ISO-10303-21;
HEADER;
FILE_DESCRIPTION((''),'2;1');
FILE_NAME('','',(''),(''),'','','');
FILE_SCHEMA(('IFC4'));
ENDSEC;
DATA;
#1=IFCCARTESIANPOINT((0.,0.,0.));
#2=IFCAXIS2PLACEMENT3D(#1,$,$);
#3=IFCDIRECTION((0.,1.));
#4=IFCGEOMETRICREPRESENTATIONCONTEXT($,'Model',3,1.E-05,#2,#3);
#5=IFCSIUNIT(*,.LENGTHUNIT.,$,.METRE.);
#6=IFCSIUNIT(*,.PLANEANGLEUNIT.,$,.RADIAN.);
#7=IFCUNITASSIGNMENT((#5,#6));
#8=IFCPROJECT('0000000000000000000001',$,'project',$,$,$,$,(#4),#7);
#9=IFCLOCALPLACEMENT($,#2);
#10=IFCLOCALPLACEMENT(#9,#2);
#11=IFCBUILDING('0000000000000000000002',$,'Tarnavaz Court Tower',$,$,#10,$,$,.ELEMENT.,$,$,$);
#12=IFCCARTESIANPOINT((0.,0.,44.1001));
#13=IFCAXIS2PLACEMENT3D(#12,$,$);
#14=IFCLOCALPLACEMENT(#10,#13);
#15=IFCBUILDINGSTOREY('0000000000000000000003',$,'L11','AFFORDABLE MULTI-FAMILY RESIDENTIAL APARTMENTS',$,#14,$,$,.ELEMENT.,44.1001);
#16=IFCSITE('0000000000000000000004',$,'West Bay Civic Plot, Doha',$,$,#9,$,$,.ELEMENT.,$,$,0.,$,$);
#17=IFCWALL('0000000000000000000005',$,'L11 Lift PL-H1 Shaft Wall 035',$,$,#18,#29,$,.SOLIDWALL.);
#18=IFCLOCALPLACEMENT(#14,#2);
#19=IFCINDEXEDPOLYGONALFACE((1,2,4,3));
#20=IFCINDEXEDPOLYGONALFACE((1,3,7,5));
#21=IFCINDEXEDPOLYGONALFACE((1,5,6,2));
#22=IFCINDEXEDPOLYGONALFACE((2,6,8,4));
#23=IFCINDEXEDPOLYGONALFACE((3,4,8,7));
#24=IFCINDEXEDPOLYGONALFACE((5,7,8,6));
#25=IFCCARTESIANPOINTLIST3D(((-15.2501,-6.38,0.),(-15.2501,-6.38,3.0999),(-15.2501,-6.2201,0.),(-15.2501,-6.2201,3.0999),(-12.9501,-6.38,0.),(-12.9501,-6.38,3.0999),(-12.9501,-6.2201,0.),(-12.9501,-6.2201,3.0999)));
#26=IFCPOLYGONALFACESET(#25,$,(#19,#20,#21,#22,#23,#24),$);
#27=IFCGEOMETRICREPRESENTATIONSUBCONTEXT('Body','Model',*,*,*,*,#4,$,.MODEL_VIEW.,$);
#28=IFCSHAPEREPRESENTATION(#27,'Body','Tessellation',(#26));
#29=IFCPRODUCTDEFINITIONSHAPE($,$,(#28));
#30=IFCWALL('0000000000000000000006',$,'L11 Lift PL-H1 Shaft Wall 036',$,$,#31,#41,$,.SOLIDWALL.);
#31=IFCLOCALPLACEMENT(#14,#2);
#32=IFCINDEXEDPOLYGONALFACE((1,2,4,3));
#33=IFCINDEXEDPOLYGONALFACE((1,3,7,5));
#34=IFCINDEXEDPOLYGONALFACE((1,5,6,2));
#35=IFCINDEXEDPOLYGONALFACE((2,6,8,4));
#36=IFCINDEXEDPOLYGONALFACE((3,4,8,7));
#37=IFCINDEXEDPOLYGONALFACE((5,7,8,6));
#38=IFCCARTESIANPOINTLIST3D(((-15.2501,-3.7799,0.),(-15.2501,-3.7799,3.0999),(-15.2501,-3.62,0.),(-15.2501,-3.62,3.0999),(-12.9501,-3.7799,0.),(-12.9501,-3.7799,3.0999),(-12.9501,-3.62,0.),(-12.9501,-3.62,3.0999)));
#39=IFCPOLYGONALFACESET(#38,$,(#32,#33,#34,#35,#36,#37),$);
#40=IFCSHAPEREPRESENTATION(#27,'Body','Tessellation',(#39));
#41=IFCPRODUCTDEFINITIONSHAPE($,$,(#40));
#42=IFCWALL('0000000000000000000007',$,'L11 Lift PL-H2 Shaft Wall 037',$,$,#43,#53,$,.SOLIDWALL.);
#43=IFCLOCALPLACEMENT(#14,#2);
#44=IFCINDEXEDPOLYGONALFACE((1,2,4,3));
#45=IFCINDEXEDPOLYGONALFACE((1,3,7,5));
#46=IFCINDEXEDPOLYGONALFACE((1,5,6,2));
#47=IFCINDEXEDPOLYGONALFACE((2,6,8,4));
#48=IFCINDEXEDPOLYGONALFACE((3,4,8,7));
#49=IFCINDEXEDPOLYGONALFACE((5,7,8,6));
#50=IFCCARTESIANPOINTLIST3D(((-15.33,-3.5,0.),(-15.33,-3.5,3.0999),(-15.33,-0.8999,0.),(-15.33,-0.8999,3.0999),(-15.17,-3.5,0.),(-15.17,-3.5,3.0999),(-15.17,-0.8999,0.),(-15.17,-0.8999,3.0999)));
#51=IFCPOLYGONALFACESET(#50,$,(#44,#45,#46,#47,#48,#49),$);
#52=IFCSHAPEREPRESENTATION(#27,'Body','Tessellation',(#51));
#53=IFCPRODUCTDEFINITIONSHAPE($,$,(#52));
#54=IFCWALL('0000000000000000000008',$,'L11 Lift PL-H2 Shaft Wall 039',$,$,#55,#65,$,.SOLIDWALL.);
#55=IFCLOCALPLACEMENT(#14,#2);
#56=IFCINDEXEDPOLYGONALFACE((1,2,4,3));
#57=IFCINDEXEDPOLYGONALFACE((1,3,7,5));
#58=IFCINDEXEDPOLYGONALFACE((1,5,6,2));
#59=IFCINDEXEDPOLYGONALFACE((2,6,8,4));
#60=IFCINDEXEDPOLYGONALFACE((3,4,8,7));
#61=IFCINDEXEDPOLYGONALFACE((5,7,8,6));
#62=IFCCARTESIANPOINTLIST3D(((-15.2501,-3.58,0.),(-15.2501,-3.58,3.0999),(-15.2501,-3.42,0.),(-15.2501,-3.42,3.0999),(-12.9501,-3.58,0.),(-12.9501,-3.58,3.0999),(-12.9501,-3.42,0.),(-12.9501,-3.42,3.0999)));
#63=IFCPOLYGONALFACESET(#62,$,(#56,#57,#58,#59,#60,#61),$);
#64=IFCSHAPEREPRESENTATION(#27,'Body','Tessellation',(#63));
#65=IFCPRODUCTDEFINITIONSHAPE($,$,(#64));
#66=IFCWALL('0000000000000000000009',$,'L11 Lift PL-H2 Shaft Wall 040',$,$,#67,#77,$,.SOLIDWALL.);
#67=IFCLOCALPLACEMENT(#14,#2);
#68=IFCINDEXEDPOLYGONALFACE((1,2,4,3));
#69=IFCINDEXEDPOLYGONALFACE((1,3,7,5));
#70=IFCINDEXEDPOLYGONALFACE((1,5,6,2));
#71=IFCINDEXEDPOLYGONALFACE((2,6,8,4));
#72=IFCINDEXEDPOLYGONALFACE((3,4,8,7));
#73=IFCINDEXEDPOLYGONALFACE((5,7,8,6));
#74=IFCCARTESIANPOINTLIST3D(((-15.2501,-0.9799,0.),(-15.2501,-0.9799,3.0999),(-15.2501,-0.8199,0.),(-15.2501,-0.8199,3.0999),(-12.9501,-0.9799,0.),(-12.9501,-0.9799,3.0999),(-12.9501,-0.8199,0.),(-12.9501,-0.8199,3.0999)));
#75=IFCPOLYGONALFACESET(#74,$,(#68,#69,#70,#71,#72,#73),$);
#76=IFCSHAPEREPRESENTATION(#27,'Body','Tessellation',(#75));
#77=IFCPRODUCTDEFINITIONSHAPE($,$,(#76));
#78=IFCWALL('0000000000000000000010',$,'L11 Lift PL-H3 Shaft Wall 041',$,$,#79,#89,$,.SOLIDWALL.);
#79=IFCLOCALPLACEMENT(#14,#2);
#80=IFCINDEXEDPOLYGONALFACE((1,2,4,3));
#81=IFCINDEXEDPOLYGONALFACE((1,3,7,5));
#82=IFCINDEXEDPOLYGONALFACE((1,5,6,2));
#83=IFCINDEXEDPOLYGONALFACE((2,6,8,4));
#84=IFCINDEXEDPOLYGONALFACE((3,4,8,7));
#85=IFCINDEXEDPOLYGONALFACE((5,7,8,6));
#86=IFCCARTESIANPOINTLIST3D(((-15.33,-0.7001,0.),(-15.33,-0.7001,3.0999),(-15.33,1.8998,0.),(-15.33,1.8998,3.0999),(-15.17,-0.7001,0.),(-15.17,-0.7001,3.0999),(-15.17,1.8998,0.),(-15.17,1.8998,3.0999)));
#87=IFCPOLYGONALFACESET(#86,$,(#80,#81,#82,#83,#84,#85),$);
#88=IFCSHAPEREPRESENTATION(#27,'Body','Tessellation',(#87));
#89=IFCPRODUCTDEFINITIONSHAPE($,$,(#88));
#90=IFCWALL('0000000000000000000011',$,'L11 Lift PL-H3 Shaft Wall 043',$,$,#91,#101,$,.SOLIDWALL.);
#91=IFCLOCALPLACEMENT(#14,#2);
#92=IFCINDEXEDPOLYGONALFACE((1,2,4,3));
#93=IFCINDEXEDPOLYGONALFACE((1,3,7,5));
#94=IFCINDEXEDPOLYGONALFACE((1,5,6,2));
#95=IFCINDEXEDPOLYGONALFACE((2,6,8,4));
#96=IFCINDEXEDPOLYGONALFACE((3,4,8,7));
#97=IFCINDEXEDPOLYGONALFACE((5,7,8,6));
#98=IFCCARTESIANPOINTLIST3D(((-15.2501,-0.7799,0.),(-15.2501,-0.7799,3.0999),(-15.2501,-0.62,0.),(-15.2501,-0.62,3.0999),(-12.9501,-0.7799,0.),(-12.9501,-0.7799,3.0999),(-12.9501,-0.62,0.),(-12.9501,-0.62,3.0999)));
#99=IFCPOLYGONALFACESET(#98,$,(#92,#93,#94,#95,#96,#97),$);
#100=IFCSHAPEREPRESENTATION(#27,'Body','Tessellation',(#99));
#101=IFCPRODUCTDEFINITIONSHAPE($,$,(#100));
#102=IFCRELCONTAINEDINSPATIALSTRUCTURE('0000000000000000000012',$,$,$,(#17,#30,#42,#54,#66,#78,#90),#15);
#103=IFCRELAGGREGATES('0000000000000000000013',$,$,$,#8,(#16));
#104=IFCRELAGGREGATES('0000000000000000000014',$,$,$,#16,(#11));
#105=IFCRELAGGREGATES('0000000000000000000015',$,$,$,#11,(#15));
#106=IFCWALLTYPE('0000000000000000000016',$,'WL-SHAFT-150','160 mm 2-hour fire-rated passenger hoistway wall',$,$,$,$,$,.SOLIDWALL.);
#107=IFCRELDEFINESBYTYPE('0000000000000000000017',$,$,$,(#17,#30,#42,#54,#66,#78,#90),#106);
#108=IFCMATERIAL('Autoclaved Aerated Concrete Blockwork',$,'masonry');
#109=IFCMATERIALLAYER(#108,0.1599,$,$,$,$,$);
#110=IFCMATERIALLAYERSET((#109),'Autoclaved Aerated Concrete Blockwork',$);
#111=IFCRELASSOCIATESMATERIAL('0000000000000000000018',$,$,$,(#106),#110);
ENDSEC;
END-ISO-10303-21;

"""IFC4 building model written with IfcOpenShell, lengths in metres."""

from ifc_helpers import new_model, si_unit, direction, frame, frame_2d, origin, place, context, subcontext, project, spatial, rectangle, extrude, material, layer, layer_set, type_object, element, save


model = new_model("IFC4")

# Units and contexts
model_context = context("Model", 3, precision=1e-05, world=origin(), true_north=direction((0.0, 1.0)))
body_context = subcontext(model_context, "Body", "Model", "MODEL_VIEW")
ifc_project = project(units=[si_unit("LENGTHUNIT", "METRE"), si_unit("PLANEANGLEUNIT", "RADIAN")], contexts=[model_context])

# Site, building, storey
site_placement = place(None, origin())
site = spatial("IfcSite", under=ifc_project, at=site_placement, Name="West Bay Civic Plot, Doha", CompositionType="ELEMENT", RefElevation=0.0)
building_placement = place(site_placement, origin())
building = spatial("IfcBuilding", under=site, at=building_placement, Name="Tarnavaz Court Tower", CompositionType="ELEMENT")
storey_placement = place(building_placement, frame((0.0, 0.0, 44.1001)))
storey = spatial("IfcBuildingStorey", under=building, at=storey_placement, Name="L11", Description="AFFORDABLE MULTI-FAMILY RESIDENTIAL APARTMENTS", CompositionType="ELEMENT", Elevation=44.1001)

# Walls
ifc_material_1 = material(Name="Autoclaved Aerated Concrete Blockwork", Category="masonry")
ifc_layer_1 = layer(ifc_material_1, 0.1599)
ifc_layer_set_1 = layer_set([ifc_layer_1], Name="Autoclaved Aerated Concrete Blockwork")
wall_type_1 = type_object("IfcWallType", Name="WL-SHAFT-150", Description="160 mm 2-hour fire-rated passenger hoistway wall", PredefinedType="SOLIDWALL", material=ifc_layer_set_1)
for number, where, z_axis, x_axis, name in (
    (1, (-15.25, -6.3, 0.0), (0.0, 0.0, 1.0), (1.0, 0.0, 0.0), "L11 Lift PL-H1 Shaft Wall 035"),
    (2, (-15.25, -3.7, 0.0), (0.0, 0.0, 1.0), (1.0, 0.0, 0.0), "L11 Lift PL-H1 Shaft Wall 036"),
):
    element("IfcWall", number, at=place(storey_placement, frame(where, z_axis=z_axis, x_axis=x_axis)), inside=storey, type_object=wall_type_1, Name=name, PredefinedType="SOLIDWALL", context=body_context, shape_type="SweptSolid", body=[
        extrude(rectangle(XDim=2.3, YDim=0.1599, at=frame_2d((1.1499, 0.0))), origin(), (0.0, 0.0, 1.0), 3.0999),
    ])
wall_1_placement = place(storey_placement, frame((-15.25, -3.5, 0.0), z_axis=(0.0, 0.0, 1.0), x_axis=(0.0, 1.0, 0.0)))
element("IfcWall", 3, at=wall_1_placement, inside=storey, type_object=wall_type_1, Name="L11 Lift PL-H2 Shaft Wall 037", PredefinedType="SOLIDWALL", context=body_context, shape_type="SweptSolid", body=[
    extrude(rectangle(XDim=2.6001, YDim=0.1599, at=frame_2d((1.3, 0.0))), origin(), (0.0, 0.0, 1.0), 3.0999),
])
for number, where, z_axis, x_axis, name in (
    (4, (-15.25, -3.5, 0.0), (0.0, 0.0, 1.0), (1.0, 0.0, 0.0), "L11 Lift PL-H2 Shaft Wall 039"),
    (5, (-15.25, -0.8999, 0.0), (0.0, 0.0, 1.0), (1.0, 0.0, 0.0), "L11 Lift PL-H2 Shaft Wall 040"),
):
    element("IfcWall", number, at=place(storey_placement, frame(where, z_axis=z_axis, x_axis=x_axis)), inside=storey, type_object=wall_type_1, Name=name, PredefinedType="SOLIDWALL", context=body_context, shape_type="SweptSolid", body=[
        extrude(rectangle(XDim=2.3, YDim=0.1599, at=frame_2d((1.1499, 0.0))), origin(), (0.0, 0.0, 1.0), 3.0999),
    ])
wall_2_placement = place(storey_placement, frame((-15.25, -0.7, 0.0), z_axis=(0.0, 0.0, 1.0), x_axis=(0.0, 1.0, 0.0)))
element("IfcWall", 6, at=wall_2_placement, inside=storey, type_object=wall_type_1, Name="L11 Lift PL-H3 Shaft Wall 041", PredefinedType="SOLIDWALL", context=body_context, shape_type="SweptSolid", body=[
    extrude(rectangle(XDim=2.5999, YDim=0.1599, at=frame_2d((1.2998, 0.0))), origin(), (0.0, 0.0, 1.0), 3.0999),
])
wall_3_placement = place(storey_placement, frame((-15.25, -0.7, 0.0), z_axis=(0.0, 0.0, 1.0), x_axis=(1.0, 0.0, 0.0)))
element("IfcWall", 7, at=wall_3_placement, inside=storey, type_object=wall_type_1, Name="L11 Lift PL-H3 Shaft Wall 043", PredefinedType="SOLIDWALL", context=body_context, shape_type="SweptSolid", body=[
    extrude(rectangle(XDim=2.3, YDim=0.1599, at=frame_2d((1.1499, 0.0))), origin(), (0.0, 0.0, 1.0), 3.0999),
])

save(model, "model.ifc")
